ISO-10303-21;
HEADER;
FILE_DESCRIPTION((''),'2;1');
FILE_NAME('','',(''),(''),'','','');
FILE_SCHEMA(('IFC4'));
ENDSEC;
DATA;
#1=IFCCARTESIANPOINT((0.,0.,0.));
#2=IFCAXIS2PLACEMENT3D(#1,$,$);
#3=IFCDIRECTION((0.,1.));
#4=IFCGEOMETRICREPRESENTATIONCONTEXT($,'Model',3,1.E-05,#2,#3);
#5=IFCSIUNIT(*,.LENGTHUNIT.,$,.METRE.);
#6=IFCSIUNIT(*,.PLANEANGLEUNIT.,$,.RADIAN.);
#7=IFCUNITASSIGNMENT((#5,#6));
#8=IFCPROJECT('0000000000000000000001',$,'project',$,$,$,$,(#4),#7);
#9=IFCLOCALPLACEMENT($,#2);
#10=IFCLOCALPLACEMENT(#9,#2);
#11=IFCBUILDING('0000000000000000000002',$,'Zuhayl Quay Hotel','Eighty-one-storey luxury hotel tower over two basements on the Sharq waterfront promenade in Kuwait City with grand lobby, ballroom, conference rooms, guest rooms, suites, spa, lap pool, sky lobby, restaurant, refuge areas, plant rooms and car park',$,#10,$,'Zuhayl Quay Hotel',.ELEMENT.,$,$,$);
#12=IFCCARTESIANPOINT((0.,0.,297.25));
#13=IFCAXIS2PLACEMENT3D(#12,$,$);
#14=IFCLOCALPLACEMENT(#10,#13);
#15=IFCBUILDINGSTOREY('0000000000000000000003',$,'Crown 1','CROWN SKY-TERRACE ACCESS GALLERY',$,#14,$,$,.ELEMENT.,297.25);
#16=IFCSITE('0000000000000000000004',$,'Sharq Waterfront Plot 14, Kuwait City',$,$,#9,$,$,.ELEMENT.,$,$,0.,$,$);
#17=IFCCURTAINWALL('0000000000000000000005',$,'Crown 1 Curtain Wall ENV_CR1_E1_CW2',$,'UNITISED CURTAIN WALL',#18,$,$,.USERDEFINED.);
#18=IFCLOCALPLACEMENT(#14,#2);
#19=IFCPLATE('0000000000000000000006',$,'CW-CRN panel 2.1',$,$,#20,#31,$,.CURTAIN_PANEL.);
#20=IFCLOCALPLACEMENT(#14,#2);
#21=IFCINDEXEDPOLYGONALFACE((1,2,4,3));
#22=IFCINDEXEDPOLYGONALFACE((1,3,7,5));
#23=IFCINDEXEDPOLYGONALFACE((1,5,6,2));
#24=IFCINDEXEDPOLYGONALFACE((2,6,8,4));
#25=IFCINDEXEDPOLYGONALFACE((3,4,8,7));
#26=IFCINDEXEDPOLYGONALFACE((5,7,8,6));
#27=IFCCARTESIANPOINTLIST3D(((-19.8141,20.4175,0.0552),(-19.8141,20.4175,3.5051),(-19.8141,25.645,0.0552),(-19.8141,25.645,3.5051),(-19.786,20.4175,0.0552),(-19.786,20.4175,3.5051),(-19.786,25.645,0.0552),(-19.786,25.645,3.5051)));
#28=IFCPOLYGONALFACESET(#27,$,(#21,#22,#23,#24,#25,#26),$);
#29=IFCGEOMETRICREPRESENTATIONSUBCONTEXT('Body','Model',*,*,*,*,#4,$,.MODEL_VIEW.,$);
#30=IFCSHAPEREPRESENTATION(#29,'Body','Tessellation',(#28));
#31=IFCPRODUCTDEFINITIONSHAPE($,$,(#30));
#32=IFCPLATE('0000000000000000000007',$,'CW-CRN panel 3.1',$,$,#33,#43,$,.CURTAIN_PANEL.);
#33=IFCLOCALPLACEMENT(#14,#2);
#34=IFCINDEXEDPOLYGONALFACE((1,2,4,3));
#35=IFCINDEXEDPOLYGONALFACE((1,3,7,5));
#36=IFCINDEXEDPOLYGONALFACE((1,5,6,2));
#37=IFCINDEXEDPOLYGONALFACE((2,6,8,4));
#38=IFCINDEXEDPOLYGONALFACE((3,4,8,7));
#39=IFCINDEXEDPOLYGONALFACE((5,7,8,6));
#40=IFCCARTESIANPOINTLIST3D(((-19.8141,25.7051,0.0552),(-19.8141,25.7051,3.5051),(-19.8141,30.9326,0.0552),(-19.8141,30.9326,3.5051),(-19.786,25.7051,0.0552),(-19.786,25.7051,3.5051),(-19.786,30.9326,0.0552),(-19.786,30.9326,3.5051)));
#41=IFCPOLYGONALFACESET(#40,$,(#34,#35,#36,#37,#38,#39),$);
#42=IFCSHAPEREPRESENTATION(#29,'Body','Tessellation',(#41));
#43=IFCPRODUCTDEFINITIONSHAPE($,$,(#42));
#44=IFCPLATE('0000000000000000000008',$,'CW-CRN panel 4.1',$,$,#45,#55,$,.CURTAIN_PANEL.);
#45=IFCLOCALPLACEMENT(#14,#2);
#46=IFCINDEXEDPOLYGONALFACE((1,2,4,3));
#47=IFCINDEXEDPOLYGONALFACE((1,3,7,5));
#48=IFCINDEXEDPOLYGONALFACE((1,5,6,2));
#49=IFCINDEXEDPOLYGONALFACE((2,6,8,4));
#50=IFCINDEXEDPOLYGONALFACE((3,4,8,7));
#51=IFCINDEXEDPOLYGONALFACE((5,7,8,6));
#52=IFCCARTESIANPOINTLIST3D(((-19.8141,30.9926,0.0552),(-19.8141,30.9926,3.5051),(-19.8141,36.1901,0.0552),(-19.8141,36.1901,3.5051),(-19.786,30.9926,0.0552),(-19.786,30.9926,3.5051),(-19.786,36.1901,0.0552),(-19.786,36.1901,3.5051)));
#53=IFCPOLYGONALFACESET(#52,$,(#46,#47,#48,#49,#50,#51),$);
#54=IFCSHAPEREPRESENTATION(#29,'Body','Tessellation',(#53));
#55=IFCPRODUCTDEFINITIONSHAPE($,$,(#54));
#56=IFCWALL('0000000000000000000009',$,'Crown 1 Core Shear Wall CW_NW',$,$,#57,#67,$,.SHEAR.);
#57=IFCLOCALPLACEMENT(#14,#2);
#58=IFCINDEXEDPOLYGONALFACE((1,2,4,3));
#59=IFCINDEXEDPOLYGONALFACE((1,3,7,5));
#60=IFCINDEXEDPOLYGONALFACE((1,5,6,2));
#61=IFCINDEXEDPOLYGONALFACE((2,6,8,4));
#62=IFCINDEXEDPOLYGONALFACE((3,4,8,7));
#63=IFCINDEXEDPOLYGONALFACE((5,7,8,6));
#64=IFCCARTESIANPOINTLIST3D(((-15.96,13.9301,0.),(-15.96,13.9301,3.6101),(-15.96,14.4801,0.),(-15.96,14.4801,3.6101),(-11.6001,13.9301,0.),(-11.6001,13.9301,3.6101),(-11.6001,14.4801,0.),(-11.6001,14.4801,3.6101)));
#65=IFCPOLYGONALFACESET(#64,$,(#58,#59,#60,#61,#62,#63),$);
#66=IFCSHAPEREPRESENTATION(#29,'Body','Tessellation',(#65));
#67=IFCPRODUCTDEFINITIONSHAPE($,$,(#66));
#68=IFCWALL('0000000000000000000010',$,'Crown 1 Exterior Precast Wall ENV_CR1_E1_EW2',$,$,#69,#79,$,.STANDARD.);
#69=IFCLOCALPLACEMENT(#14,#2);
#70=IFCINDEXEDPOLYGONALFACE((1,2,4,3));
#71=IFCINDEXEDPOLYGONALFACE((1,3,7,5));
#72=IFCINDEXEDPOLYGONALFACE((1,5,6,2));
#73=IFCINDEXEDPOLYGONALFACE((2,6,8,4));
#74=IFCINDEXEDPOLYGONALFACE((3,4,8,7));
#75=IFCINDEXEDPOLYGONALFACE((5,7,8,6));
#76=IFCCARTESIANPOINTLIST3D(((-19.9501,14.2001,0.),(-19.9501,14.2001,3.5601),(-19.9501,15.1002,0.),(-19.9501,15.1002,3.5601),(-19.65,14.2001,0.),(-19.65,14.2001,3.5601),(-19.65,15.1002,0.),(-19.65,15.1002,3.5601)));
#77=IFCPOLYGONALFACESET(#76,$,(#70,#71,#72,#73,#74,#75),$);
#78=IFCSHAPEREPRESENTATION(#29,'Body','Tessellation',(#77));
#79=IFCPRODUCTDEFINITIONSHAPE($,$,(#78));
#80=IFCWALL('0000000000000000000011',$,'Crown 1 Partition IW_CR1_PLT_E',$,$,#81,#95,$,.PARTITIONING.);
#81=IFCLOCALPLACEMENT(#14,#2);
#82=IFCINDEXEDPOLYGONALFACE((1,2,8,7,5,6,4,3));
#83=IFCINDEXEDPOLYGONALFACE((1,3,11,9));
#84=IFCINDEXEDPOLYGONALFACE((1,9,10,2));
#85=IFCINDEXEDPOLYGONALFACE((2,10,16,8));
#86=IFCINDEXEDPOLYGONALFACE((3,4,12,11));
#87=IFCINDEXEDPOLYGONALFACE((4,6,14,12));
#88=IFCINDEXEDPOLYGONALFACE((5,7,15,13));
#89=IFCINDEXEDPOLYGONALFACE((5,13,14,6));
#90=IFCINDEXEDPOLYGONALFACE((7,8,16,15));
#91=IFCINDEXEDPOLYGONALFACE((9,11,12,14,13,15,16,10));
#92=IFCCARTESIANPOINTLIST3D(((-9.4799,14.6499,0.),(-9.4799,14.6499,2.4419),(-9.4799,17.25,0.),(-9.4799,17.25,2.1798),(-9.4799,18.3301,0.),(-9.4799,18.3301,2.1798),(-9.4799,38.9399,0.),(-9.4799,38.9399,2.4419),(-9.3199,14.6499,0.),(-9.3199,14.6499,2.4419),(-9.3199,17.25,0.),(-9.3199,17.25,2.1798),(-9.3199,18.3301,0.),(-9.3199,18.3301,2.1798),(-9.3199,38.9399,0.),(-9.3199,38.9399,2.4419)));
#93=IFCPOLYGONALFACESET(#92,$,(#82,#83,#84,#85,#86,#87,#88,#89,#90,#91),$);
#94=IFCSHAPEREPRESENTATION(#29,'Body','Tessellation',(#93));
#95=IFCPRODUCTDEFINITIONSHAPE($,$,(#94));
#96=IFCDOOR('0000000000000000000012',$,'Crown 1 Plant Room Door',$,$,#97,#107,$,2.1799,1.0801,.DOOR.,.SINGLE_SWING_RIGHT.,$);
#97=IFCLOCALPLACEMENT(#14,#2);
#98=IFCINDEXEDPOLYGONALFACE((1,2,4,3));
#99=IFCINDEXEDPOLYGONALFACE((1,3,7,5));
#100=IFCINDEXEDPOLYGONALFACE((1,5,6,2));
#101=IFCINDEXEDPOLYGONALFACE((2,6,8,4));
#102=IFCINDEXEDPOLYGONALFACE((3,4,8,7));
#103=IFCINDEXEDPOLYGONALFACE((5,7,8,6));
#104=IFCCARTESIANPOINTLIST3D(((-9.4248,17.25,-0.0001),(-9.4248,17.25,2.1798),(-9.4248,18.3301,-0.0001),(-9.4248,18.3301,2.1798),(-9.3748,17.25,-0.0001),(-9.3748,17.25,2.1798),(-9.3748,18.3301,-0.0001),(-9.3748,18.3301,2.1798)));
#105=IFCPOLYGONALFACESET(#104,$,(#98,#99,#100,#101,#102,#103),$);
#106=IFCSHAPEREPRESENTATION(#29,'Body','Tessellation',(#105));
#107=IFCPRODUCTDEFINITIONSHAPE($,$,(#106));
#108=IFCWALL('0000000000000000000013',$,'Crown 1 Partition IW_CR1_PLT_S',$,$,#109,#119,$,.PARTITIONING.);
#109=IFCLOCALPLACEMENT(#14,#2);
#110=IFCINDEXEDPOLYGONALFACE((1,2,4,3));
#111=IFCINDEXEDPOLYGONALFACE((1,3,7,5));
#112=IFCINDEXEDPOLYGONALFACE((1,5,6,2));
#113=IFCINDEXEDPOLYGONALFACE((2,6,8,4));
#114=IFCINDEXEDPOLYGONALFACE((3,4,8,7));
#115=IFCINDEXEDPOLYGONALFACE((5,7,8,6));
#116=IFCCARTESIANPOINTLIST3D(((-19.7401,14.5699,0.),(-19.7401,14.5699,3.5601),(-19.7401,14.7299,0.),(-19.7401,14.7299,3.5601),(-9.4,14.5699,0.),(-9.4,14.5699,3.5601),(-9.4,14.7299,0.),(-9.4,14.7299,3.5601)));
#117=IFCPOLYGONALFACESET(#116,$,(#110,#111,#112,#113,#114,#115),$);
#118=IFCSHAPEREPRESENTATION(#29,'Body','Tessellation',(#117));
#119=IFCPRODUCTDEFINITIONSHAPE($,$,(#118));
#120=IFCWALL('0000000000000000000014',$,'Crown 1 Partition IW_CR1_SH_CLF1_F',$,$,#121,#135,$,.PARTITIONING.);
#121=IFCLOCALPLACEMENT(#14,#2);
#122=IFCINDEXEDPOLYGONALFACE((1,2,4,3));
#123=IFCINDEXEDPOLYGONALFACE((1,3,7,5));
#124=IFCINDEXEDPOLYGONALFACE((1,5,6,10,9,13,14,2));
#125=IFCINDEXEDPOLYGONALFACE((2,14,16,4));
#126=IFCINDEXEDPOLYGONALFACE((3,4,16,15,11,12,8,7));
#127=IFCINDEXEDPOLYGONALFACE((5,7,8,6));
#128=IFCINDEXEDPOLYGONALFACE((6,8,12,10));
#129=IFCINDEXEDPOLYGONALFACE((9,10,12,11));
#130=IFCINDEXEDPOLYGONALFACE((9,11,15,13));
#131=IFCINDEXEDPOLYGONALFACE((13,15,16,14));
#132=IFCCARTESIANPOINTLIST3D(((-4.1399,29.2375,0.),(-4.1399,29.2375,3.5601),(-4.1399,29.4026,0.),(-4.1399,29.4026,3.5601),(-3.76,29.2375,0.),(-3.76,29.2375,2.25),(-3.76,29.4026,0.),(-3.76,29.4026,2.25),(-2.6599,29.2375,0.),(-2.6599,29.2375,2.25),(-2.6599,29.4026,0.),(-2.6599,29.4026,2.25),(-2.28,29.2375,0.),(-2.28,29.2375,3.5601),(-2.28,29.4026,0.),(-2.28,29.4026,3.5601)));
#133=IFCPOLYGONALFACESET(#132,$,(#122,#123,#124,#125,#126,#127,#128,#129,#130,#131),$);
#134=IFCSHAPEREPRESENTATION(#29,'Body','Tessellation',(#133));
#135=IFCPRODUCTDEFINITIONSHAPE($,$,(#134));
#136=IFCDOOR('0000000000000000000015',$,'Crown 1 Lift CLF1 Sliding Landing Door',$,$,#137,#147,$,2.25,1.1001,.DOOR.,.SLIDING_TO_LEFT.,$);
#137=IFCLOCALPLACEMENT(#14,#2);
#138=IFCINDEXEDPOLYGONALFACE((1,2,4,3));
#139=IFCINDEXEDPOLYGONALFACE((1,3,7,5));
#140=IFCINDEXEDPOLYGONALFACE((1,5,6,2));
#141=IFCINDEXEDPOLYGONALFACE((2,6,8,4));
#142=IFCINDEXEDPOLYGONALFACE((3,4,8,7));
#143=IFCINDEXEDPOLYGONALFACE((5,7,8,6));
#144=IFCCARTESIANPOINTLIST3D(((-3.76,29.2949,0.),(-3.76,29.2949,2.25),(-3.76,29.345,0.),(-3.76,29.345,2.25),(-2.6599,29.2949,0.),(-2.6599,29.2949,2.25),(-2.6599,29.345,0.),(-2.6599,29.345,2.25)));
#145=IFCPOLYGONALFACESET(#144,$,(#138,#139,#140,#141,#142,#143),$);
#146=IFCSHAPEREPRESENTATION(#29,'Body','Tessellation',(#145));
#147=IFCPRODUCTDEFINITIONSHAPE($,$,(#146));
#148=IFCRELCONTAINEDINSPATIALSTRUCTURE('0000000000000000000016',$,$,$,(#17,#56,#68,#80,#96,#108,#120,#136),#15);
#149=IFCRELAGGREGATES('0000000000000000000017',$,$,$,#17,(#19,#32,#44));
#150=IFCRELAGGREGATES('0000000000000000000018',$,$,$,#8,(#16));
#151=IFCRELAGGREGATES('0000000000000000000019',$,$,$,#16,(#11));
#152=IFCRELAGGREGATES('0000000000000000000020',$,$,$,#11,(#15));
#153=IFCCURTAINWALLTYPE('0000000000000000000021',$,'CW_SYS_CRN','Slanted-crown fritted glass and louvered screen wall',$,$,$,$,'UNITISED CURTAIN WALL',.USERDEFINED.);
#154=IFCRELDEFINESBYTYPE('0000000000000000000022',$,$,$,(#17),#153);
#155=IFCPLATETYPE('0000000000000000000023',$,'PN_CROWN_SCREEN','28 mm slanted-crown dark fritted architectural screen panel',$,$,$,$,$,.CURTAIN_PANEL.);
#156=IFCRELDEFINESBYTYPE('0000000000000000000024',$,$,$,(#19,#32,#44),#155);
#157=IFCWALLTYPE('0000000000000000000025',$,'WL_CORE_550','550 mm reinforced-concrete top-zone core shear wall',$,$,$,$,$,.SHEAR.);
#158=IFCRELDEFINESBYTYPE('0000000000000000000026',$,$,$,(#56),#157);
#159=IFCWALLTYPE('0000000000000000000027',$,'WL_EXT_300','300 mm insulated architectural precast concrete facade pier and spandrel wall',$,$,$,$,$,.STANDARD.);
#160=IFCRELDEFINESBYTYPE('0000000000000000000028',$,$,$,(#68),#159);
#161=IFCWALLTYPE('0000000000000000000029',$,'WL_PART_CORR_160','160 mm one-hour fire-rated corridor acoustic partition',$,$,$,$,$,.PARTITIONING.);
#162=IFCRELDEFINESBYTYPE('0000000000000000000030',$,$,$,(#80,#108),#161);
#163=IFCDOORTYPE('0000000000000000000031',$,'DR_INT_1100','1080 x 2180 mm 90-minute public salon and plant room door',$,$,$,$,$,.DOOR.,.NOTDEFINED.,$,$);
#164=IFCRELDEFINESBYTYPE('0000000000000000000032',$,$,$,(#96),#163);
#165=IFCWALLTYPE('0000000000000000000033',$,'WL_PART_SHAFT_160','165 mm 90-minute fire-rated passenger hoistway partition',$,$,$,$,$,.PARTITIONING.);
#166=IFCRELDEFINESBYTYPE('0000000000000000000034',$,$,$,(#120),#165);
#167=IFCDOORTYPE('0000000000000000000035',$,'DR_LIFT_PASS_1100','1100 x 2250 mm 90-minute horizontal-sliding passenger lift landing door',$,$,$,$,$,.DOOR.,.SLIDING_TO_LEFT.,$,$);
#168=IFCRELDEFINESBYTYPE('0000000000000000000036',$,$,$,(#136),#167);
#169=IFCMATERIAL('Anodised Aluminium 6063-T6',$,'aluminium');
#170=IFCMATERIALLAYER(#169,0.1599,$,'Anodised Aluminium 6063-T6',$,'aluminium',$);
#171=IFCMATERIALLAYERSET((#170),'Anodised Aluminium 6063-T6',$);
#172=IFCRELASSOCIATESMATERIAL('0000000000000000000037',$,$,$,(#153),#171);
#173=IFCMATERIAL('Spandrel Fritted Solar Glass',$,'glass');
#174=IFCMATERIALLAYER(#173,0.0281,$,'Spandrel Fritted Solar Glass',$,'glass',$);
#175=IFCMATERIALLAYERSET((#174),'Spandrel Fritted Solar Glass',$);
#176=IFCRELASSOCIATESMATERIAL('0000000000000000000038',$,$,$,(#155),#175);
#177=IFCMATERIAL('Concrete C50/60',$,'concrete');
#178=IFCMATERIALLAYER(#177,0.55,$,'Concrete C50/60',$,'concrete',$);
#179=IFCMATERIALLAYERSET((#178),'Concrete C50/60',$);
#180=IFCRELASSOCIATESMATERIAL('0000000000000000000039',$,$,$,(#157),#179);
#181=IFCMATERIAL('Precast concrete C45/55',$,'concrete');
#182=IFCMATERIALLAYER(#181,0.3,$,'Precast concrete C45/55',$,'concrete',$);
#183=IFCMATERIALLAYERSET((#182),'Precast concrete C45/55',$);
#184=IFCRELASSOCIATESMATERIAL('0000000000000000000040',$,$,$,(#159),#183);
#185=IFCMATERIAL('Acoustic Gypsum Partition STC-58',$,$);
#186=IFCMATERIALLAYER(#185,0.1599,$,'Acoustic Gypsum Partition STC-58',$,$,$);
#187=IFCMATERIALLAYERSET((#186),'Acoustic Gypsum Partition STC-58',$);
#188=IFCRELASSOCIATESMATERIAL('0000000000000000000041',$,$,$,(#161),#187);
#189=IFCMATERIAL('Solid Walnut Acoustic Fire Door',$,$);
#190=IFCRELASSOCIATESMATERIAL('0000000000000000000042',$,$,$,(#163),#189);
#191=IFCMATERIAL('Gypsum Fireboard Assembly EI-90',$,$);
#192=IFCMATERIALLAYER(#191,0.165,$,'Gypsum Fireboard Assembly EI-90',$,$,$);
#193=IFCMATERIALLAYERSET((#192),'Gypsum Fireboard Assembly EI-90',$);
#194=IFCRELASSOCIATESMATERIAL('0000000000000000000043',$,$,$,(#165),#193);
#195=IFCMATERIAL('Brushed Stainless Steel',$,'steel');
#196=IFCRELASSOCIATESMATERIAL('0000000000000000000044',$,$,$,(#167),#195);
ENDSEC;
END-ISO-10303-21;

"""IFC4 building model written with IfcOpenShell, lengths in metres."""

from ifc_helpers import new_model, si_unit, direction, frame, frame_2d, origin, origin_2d, place, context, subcontext, project, spatial, rectangle, extrude, material, layer, layer_set, type_object, element, fill, aggregate, save


model = new_model("IFC4")

# Units and contexts
model_context = context("Model", 3, precision=1e-05, world=origin(), true_north=direction((0.0, 1.0)))
body_context = subcontext(model_context, "Body", "Model", "MODEL_VIEW")
ifc_project = project(units=[si_unit("LENGTHUNIT", "METRE"), si_unit("PLANEANGLEUNIT", "RADIAN")], contexts=[model_context])

# Site, building, storey
site_placement = place(None, origin())
site = spatial("IfcSite", under=ifc_project, at=site_placement, Name="Sharq Waterfront Plot 14, Kuwait City", CompositionType="ELEMENT", RefElevation=0.0)
building_placement = place(site_placement, origin())
building = spatial("IfcBuilding", under=site, at=building_placement, Name="Zuhayl Quay Hotel", Description="Eighty-one-storey luxury hotel tower over two basements on the Sharq waterfront promenade in Kuwait City with grand lobby, ballroom, conference rooms, guest rooms, suites, spa, lap pool, sky lobby, restaurant, refuge areas, plant rooms and car park", LongName="Zuhayl Quay Hotel", CompositionType="ELEMENT")
storey_placement = place(building_placement, frame((0.0, 0.0, 297.25)))
storey = spatial("IfcBuildingStorey", under=building, at=storey_placement, Name="Crown 1", Description="CROWN SKY-TERRACE ACCESS GALLERY", CompositionType="ELEMENT", Elevation=297.25)

# Shared definitions
ifc_material_1 = material(Name="Anodised Aluminium 6063-T6", Category="aluminium")
ifc_layer_1 = layer(ifc_material_1, 0.1599, Name="Anodised Aluminium 6063-T6", Category="aluminium")
ifc_layer_set_1 = layer_set([ifc_layer_1], Name="Anodised Aluminium 6063-T6")
curtain_wall_type = type_object("IfcCurtainWallType", Name="CW_SYS_CRN", Description="Slanted-crown fritted glass and louvered screen wall", ElementType="UNITISED CURTAIN WALL", PredefinedType="USERDEFINED", material=ifc_layer_set_1)

# Curtain wall, plates
curtain_wall_1_placement = place(storey_placement, origin())
curtain_wall_1 = element("IfcCurtainWall", 1, at=curtain_wall_1_placement, inside=storey, type_object=curtain_wall_type, Name="Crown 1 Curtain Wall ENV_CR1_E1_CW2", ObjectType="UNITISED CURTAIN WALL", PredefinedType="USERDEFINED")
ifc_material_2 = material(Name="Spandrel Fritted Solar Glass", Category="glass")
ifc_layer_2 = layer(ifc_material_2, 0.0281, Name="Spandrel Fritted Solar Glass", Category="glass")
ifc_layer_set_2 = layer_set([ifc_layer_2], Name="Spandrel Fritted Solar Glass")
plate_type = type_object("IfcPlateType", Name="PN_CROWN_SCREEN", Description="28 mm slanted-crown dark fritted architectural screen panel", PredefinedType="CURTAIN_PANEL", material=ifc_layer_set_2)
plate_1_placement = place(storey_placement, frame((-19.8, 23.0312, 0.0552), z_axis=(0.0, 0.0, 1.0), x_axis=(0.0, 1.0, 0.0)))
plate_1 = element("IfcPlate", 2, at=plate_1_placement, type_object=plate_type, Name="CW-CRN panel 2.1", PredefinedType="CURTAIN_PANEL", context=body_context, shape_type="SweptSolid", body=[
    extrude(rectangle(XDim=5.2275, YDim=0.0281, at=origin_2d()), origin(), (0.0, 0.0, 1.0), 3.45),
])
plate_2_placement = place(storey_placement, frame((-19.8, 28.3188, 0.0552), z_axis=(0.0, 0.0, 1.0), x_axis=(0.0, 1.0, 0.0)))
plate_2 = element("IfcPlate", 3, at=plate_2_placement, type_object=plate_type, Name="CW-CRN panel 3.1", PredefinedType="CURTAIN_PANEL", context=body_context, shape_type="SweptSolid", body=[
    extrude(rectangle(XDim=5.2275, YDim=0.0281, at=origin_2d()), origin(), (0.0, 0.0, 1.0), 3.45),
])
plate_3_placement = place(storey_placement, frame((-19.8, 33.5913, 0.0552), z_axis=(0.0, 0.0, 1.0), x_axis=(0.0, 1.0, 0.0)))
plate_3 = element("IfcPlate", 4, at=plate_3_placement, type_object=plate_type, Name="CW-CRN panel 4.1", PredefinedType="CURTAIN_PANEL", context=body_context, shape_type="SweptSolid", body=[
    extrude(rectangle(XDim=5.1975, YDim=0.0281, at=origin_2d()), origin(), (0.0, 0.0, 1.0), 3.45),
])
aggregate(curtain_wall_1, [plate_1, plate_2, plate_3])

# Walls
ifc_material_3 = material(Name="Concrete C50/60", Category="concrete")
ifc_layer_3 = layer(ifc_material_3, 0.55, Name="Concrete C50/60", Category="concrete")
ifc_layer_set_3 = layer_set([ifc_layer_3], Name="Concrete C50/60")
wall_type_1 = type_object("IfcWallType", Name="WL_CORE_550", Description="550 mm reinforced-concrete top-zone core shear wall", PredefinedType="SHEAR", material=ifc_layer_set_3)
wall_1_placement = place(storey_placement, frame((-15.96, 14.2051, 0.0), z_axis=(0.0, 0.0, 1.0), x_axis=(1.0, 0.0, 0.0)))
element("IfcWall", 5, at=wall_1_placement, inside=storey, type_object=wall_type_1, Name="Crown 1 Core Shear Wall CW_NW", PredefinedType="SHEAR", context=body_context, shape_type="SweptSolid", body=[
    extrude(rectangle(XDim=4.3599, YDim=0.55, at=frame_2d((2.1799, 0.0))), origin(), (0.0, 0.0, 1.0), 3.6101),
])
ifc_material_4 = material(Name="Precast concrete C45/55", Category="concrete")
ifc_layer_4 = layer(ifc_material_4, 0.3, Name="Precast concrete C45/55", Category="concrete")
ifc_layer_set_4 = layer_set([ifc_layer_4], Name="Precast concrete C45/55")
wall_type_2 = type_object("IfcWallType", Name="WL_EXT_300", Description="300 mm insulated architectural precast concrete facade pier and spandrel wall", PredefinedType="STANDARD", material=ifc_layer_set_4)
wall_2_placement = place(storey_placement, frame((-19.8, 14.2, 0.0), z_axis=(0.0, 0.0, 1.0), x_axis=(0.0, 1.0, 0.0)))
element("IfcWall", 6, at=wall_2_placement, inside=storey, type_object=wall_type_2, Name="Crown 1 Exterior Precast Wall ENV_CR1_E1_EW2", PredefinedType="STANDARD", context=body_context, shape_type="SweptSolid", body=[
    extrude(rectangle(XDim=0.9001, YDim=0.3, at=frame_2d((0.4502, 0.0))), origin(), (0.0, 0.0, 1.0), 3.5601),
])

# Wall, opening, door
ifc_material_5 = material(Name="Acoustic Gypsum Partition STC-58")
ifc_layer_5 = layer(ifc_material_5, 0.1599, Name="Acoustic Gypsum Partition STC-58")
ifc_layer_set_5 = layer_set([ifc_layer_5], Name="Acoustic Gypsum Partition STC-58")
wall_type_3 = type_object("IfcWallType", Name="WL_PART_CORR_160", Description="160 mm one-hour fire-rated corridor acoustic partition", PredefinedType="PARTITIONING", material=ifc_layer_set_5)
wall_3_placement = place(storey_placement, frame((-9.3999, 14.6499, 0.0), z_axis=(0.0, 0.0, 1.0), x_axis=(0.0, 1.0, 0.0)))
wall_3 = element("IfcWall", 7, at=wall_3_placement, inside=storey, type_object=wall_type_3, Name="Crown 1 Partition IW_CR1_PLT_E", PredefinedType="PARTITIONING", context=body_context, shape_type="SweptSolid", body=[
    extrude(rectangle(XDim=24.29, YDim=0.1599, at=frame_2d((12.145, 0.0))), origin(), (0.0, 0.0, 1.0), 2.4419),
])
opening_1_placement = place(wall_3_placement, frame((2.6001, 0.0, 0.0)))
opening_1 = element("IfcOpeningElement", 8, at=opening_1_placement, cuts=wall_3, PredefinedType="OPENING", context=body_context, shape_type="SweptSolid", body=[
    extrude(rectangle(XDim=1.0801, YDim=2.1799, at=frame_2d((0.54, 1.0898))), frame((0.0, 0.0898, 0.0), z_axis=(0.0, -1.0, 0.0), x_axis=(1.0, 0.0, 0.0)), (0.0, 0.0, 1.0), 0.1799),
])
ifc_material_6 = material(Name="Solid Walnut Acoustic Fire Door")
door_type_1 = type_object("IfcDoorType", Name="DR_INT_1100", Description="1080 x 2180 mm 90-minute public salon and plant room door", OperationType="NOTDEFINED", PredefinedType="DOOR", material=ifc_material_6)
door_1_placement = place(opening_1_placement, origin())
door_1 = element("IfcDoor", 9, at=door_1_placement, inside=storey, type_object=door_type_1, Name="Crown 1 Plant Room Door", OperationType="SINGLE_SWING_RIGHT", OverallHeight=2.1799, OverallWidth=1.0801, PredefinedType="DOOR", context=body_context, shape_type="SweptSolid", body=[
    extrude(rectangle(XDim=1.0801, YDim=2.1799, at=frame_2d((0.54, 1.0898))), frame((0.0, 0.0249, 0.0), z_axis=(0.0, -1.0, 0.0), x_axis=(1.0, 0.0, 0.0)), (0.0, 0.0, 1.0), 0.05),
])
fill(opening_1, door_1)

# Wall
wall_4_placement = place(storey_placement, frame((-19.74, 14.6499, 0.0), z_axis=(0.0, 0.0, 1.0), x_axis=(1.0, 0.0, 0.0)))
element("IfcWall", 10, at=wall_4_placement, inside=storey, type_object=wall_type_3, Name="Crown 1 Partition IW_CR1_PLT_S", PredefinedType="PARTITIONING", context=body_context, shape_type="SweptSolid", body=[
    extrude(rectangle(XDim=10.3401, YDim=0.1599, at=frame_2d((5.1699, 0.0))), origin(), (0.0, 0.0, 1.0), 3.5601),
])

# Wall, opening, door
ifc_material_7 = material(Name="Gypsum Fireboard Assembly EI-90")
ifc_layer_6 = layer(ifc_material_7, 0.165, Name="Gypsum Fireboard Assembly EI-90")
ifc_layer_set_6 = layer_set([ifc_layer_6], Name="Gypsum Fireboard Assembly EI-90")
wall_type_4 = type_object("IfcWallType", Name="WL_PART_SHAFT_160", Description="165 mm 90-minute fire-rated passenger hoistway partition", PredefinedType="PARTITIONING", material=ifc_layer_set_6)
wall_5_placement = place(storey_placement, frame((-4.1399, 29.3201, 0.0), z_axis=(0.0, 0.0, 1.0), x_axis=(1.0, 0.0, 0.0)))
wall_5 = element("IfcWall", 11, at=wall_5_placement, inside=storey, type_object=wall_type_4, Name="Crown 1 Partition IW_CR1_SH_CLF1_F", PredefinedType="PARTITIONING", context=body_context, shape_type="SweptSolid", body=[
    extrude(rectangle(XDim=1.8599, YDim=0.165, at=frame_2d((0.9299, 0.0))), origin(), (0.0, 0.0, 1.0), 3.5601),
])
opening_2_placement = place(wall_5_placement, frame((0.3799, 0.0, 0.0)))
opening_2 = element("IfcOpeningElement", 12, at=opening_2_placement, cuts=wall_5, PredefinedType="OPENING", context=body_context, shape_type="SweptSolid", body=[
    extrude(rectangle(XDim=1.1001, YDim=2.25, at=frame_2d((0.55, 1.125))), frame((0.0, 0.0925, 0.0), z_axis=(0.0, -1.0, 0.0), x_axis=(1.0, 0.0, 0.0)), (0.0, 0.0, 1.0), 0.1851),
])
ifc_material_8 = material(Name="Brushed Stainless Steel", Category="steel")
door_type_2 = type_object("IfcDoorType", Name="DR_LIFT_PASS_1100", Description="1100 x 2250 mm 90-minute horizontal-sliding passenger lift landing door", OperationType="SLIDING_TO_LEFT", PredefinedType="DOOR", material=ifc_material_8)
door_2_placement = place(opening_2_placement, origin())
door_2 = element("IfcDoor", 13, at=door_2_placement, inside=storey, type_object=door_type_2, Name="Crown 1 Lift CLF1 Sliding Landing Door", OperationType="SLIDING_TO_LEFT", OverallHeight=2.25, OverallWidth=1.1001, PredefinedType="DOOR", context=body_context, shape_type="SweptSolid", body=[
    extrude(rectangle(XDim=1.1001, YDim=2.25, at=frame_2d((0.55, 1.125))), frame((0.0, 0.0249, 0.0), z_axis=(0.0, -1.0, 0.0), x_axis=(1.0, 0.0, 0.0)), (0.0, 0.0, 1.0), 0.05),
])
fill(opening_2, door_2)

save(model, "model.ifc")
